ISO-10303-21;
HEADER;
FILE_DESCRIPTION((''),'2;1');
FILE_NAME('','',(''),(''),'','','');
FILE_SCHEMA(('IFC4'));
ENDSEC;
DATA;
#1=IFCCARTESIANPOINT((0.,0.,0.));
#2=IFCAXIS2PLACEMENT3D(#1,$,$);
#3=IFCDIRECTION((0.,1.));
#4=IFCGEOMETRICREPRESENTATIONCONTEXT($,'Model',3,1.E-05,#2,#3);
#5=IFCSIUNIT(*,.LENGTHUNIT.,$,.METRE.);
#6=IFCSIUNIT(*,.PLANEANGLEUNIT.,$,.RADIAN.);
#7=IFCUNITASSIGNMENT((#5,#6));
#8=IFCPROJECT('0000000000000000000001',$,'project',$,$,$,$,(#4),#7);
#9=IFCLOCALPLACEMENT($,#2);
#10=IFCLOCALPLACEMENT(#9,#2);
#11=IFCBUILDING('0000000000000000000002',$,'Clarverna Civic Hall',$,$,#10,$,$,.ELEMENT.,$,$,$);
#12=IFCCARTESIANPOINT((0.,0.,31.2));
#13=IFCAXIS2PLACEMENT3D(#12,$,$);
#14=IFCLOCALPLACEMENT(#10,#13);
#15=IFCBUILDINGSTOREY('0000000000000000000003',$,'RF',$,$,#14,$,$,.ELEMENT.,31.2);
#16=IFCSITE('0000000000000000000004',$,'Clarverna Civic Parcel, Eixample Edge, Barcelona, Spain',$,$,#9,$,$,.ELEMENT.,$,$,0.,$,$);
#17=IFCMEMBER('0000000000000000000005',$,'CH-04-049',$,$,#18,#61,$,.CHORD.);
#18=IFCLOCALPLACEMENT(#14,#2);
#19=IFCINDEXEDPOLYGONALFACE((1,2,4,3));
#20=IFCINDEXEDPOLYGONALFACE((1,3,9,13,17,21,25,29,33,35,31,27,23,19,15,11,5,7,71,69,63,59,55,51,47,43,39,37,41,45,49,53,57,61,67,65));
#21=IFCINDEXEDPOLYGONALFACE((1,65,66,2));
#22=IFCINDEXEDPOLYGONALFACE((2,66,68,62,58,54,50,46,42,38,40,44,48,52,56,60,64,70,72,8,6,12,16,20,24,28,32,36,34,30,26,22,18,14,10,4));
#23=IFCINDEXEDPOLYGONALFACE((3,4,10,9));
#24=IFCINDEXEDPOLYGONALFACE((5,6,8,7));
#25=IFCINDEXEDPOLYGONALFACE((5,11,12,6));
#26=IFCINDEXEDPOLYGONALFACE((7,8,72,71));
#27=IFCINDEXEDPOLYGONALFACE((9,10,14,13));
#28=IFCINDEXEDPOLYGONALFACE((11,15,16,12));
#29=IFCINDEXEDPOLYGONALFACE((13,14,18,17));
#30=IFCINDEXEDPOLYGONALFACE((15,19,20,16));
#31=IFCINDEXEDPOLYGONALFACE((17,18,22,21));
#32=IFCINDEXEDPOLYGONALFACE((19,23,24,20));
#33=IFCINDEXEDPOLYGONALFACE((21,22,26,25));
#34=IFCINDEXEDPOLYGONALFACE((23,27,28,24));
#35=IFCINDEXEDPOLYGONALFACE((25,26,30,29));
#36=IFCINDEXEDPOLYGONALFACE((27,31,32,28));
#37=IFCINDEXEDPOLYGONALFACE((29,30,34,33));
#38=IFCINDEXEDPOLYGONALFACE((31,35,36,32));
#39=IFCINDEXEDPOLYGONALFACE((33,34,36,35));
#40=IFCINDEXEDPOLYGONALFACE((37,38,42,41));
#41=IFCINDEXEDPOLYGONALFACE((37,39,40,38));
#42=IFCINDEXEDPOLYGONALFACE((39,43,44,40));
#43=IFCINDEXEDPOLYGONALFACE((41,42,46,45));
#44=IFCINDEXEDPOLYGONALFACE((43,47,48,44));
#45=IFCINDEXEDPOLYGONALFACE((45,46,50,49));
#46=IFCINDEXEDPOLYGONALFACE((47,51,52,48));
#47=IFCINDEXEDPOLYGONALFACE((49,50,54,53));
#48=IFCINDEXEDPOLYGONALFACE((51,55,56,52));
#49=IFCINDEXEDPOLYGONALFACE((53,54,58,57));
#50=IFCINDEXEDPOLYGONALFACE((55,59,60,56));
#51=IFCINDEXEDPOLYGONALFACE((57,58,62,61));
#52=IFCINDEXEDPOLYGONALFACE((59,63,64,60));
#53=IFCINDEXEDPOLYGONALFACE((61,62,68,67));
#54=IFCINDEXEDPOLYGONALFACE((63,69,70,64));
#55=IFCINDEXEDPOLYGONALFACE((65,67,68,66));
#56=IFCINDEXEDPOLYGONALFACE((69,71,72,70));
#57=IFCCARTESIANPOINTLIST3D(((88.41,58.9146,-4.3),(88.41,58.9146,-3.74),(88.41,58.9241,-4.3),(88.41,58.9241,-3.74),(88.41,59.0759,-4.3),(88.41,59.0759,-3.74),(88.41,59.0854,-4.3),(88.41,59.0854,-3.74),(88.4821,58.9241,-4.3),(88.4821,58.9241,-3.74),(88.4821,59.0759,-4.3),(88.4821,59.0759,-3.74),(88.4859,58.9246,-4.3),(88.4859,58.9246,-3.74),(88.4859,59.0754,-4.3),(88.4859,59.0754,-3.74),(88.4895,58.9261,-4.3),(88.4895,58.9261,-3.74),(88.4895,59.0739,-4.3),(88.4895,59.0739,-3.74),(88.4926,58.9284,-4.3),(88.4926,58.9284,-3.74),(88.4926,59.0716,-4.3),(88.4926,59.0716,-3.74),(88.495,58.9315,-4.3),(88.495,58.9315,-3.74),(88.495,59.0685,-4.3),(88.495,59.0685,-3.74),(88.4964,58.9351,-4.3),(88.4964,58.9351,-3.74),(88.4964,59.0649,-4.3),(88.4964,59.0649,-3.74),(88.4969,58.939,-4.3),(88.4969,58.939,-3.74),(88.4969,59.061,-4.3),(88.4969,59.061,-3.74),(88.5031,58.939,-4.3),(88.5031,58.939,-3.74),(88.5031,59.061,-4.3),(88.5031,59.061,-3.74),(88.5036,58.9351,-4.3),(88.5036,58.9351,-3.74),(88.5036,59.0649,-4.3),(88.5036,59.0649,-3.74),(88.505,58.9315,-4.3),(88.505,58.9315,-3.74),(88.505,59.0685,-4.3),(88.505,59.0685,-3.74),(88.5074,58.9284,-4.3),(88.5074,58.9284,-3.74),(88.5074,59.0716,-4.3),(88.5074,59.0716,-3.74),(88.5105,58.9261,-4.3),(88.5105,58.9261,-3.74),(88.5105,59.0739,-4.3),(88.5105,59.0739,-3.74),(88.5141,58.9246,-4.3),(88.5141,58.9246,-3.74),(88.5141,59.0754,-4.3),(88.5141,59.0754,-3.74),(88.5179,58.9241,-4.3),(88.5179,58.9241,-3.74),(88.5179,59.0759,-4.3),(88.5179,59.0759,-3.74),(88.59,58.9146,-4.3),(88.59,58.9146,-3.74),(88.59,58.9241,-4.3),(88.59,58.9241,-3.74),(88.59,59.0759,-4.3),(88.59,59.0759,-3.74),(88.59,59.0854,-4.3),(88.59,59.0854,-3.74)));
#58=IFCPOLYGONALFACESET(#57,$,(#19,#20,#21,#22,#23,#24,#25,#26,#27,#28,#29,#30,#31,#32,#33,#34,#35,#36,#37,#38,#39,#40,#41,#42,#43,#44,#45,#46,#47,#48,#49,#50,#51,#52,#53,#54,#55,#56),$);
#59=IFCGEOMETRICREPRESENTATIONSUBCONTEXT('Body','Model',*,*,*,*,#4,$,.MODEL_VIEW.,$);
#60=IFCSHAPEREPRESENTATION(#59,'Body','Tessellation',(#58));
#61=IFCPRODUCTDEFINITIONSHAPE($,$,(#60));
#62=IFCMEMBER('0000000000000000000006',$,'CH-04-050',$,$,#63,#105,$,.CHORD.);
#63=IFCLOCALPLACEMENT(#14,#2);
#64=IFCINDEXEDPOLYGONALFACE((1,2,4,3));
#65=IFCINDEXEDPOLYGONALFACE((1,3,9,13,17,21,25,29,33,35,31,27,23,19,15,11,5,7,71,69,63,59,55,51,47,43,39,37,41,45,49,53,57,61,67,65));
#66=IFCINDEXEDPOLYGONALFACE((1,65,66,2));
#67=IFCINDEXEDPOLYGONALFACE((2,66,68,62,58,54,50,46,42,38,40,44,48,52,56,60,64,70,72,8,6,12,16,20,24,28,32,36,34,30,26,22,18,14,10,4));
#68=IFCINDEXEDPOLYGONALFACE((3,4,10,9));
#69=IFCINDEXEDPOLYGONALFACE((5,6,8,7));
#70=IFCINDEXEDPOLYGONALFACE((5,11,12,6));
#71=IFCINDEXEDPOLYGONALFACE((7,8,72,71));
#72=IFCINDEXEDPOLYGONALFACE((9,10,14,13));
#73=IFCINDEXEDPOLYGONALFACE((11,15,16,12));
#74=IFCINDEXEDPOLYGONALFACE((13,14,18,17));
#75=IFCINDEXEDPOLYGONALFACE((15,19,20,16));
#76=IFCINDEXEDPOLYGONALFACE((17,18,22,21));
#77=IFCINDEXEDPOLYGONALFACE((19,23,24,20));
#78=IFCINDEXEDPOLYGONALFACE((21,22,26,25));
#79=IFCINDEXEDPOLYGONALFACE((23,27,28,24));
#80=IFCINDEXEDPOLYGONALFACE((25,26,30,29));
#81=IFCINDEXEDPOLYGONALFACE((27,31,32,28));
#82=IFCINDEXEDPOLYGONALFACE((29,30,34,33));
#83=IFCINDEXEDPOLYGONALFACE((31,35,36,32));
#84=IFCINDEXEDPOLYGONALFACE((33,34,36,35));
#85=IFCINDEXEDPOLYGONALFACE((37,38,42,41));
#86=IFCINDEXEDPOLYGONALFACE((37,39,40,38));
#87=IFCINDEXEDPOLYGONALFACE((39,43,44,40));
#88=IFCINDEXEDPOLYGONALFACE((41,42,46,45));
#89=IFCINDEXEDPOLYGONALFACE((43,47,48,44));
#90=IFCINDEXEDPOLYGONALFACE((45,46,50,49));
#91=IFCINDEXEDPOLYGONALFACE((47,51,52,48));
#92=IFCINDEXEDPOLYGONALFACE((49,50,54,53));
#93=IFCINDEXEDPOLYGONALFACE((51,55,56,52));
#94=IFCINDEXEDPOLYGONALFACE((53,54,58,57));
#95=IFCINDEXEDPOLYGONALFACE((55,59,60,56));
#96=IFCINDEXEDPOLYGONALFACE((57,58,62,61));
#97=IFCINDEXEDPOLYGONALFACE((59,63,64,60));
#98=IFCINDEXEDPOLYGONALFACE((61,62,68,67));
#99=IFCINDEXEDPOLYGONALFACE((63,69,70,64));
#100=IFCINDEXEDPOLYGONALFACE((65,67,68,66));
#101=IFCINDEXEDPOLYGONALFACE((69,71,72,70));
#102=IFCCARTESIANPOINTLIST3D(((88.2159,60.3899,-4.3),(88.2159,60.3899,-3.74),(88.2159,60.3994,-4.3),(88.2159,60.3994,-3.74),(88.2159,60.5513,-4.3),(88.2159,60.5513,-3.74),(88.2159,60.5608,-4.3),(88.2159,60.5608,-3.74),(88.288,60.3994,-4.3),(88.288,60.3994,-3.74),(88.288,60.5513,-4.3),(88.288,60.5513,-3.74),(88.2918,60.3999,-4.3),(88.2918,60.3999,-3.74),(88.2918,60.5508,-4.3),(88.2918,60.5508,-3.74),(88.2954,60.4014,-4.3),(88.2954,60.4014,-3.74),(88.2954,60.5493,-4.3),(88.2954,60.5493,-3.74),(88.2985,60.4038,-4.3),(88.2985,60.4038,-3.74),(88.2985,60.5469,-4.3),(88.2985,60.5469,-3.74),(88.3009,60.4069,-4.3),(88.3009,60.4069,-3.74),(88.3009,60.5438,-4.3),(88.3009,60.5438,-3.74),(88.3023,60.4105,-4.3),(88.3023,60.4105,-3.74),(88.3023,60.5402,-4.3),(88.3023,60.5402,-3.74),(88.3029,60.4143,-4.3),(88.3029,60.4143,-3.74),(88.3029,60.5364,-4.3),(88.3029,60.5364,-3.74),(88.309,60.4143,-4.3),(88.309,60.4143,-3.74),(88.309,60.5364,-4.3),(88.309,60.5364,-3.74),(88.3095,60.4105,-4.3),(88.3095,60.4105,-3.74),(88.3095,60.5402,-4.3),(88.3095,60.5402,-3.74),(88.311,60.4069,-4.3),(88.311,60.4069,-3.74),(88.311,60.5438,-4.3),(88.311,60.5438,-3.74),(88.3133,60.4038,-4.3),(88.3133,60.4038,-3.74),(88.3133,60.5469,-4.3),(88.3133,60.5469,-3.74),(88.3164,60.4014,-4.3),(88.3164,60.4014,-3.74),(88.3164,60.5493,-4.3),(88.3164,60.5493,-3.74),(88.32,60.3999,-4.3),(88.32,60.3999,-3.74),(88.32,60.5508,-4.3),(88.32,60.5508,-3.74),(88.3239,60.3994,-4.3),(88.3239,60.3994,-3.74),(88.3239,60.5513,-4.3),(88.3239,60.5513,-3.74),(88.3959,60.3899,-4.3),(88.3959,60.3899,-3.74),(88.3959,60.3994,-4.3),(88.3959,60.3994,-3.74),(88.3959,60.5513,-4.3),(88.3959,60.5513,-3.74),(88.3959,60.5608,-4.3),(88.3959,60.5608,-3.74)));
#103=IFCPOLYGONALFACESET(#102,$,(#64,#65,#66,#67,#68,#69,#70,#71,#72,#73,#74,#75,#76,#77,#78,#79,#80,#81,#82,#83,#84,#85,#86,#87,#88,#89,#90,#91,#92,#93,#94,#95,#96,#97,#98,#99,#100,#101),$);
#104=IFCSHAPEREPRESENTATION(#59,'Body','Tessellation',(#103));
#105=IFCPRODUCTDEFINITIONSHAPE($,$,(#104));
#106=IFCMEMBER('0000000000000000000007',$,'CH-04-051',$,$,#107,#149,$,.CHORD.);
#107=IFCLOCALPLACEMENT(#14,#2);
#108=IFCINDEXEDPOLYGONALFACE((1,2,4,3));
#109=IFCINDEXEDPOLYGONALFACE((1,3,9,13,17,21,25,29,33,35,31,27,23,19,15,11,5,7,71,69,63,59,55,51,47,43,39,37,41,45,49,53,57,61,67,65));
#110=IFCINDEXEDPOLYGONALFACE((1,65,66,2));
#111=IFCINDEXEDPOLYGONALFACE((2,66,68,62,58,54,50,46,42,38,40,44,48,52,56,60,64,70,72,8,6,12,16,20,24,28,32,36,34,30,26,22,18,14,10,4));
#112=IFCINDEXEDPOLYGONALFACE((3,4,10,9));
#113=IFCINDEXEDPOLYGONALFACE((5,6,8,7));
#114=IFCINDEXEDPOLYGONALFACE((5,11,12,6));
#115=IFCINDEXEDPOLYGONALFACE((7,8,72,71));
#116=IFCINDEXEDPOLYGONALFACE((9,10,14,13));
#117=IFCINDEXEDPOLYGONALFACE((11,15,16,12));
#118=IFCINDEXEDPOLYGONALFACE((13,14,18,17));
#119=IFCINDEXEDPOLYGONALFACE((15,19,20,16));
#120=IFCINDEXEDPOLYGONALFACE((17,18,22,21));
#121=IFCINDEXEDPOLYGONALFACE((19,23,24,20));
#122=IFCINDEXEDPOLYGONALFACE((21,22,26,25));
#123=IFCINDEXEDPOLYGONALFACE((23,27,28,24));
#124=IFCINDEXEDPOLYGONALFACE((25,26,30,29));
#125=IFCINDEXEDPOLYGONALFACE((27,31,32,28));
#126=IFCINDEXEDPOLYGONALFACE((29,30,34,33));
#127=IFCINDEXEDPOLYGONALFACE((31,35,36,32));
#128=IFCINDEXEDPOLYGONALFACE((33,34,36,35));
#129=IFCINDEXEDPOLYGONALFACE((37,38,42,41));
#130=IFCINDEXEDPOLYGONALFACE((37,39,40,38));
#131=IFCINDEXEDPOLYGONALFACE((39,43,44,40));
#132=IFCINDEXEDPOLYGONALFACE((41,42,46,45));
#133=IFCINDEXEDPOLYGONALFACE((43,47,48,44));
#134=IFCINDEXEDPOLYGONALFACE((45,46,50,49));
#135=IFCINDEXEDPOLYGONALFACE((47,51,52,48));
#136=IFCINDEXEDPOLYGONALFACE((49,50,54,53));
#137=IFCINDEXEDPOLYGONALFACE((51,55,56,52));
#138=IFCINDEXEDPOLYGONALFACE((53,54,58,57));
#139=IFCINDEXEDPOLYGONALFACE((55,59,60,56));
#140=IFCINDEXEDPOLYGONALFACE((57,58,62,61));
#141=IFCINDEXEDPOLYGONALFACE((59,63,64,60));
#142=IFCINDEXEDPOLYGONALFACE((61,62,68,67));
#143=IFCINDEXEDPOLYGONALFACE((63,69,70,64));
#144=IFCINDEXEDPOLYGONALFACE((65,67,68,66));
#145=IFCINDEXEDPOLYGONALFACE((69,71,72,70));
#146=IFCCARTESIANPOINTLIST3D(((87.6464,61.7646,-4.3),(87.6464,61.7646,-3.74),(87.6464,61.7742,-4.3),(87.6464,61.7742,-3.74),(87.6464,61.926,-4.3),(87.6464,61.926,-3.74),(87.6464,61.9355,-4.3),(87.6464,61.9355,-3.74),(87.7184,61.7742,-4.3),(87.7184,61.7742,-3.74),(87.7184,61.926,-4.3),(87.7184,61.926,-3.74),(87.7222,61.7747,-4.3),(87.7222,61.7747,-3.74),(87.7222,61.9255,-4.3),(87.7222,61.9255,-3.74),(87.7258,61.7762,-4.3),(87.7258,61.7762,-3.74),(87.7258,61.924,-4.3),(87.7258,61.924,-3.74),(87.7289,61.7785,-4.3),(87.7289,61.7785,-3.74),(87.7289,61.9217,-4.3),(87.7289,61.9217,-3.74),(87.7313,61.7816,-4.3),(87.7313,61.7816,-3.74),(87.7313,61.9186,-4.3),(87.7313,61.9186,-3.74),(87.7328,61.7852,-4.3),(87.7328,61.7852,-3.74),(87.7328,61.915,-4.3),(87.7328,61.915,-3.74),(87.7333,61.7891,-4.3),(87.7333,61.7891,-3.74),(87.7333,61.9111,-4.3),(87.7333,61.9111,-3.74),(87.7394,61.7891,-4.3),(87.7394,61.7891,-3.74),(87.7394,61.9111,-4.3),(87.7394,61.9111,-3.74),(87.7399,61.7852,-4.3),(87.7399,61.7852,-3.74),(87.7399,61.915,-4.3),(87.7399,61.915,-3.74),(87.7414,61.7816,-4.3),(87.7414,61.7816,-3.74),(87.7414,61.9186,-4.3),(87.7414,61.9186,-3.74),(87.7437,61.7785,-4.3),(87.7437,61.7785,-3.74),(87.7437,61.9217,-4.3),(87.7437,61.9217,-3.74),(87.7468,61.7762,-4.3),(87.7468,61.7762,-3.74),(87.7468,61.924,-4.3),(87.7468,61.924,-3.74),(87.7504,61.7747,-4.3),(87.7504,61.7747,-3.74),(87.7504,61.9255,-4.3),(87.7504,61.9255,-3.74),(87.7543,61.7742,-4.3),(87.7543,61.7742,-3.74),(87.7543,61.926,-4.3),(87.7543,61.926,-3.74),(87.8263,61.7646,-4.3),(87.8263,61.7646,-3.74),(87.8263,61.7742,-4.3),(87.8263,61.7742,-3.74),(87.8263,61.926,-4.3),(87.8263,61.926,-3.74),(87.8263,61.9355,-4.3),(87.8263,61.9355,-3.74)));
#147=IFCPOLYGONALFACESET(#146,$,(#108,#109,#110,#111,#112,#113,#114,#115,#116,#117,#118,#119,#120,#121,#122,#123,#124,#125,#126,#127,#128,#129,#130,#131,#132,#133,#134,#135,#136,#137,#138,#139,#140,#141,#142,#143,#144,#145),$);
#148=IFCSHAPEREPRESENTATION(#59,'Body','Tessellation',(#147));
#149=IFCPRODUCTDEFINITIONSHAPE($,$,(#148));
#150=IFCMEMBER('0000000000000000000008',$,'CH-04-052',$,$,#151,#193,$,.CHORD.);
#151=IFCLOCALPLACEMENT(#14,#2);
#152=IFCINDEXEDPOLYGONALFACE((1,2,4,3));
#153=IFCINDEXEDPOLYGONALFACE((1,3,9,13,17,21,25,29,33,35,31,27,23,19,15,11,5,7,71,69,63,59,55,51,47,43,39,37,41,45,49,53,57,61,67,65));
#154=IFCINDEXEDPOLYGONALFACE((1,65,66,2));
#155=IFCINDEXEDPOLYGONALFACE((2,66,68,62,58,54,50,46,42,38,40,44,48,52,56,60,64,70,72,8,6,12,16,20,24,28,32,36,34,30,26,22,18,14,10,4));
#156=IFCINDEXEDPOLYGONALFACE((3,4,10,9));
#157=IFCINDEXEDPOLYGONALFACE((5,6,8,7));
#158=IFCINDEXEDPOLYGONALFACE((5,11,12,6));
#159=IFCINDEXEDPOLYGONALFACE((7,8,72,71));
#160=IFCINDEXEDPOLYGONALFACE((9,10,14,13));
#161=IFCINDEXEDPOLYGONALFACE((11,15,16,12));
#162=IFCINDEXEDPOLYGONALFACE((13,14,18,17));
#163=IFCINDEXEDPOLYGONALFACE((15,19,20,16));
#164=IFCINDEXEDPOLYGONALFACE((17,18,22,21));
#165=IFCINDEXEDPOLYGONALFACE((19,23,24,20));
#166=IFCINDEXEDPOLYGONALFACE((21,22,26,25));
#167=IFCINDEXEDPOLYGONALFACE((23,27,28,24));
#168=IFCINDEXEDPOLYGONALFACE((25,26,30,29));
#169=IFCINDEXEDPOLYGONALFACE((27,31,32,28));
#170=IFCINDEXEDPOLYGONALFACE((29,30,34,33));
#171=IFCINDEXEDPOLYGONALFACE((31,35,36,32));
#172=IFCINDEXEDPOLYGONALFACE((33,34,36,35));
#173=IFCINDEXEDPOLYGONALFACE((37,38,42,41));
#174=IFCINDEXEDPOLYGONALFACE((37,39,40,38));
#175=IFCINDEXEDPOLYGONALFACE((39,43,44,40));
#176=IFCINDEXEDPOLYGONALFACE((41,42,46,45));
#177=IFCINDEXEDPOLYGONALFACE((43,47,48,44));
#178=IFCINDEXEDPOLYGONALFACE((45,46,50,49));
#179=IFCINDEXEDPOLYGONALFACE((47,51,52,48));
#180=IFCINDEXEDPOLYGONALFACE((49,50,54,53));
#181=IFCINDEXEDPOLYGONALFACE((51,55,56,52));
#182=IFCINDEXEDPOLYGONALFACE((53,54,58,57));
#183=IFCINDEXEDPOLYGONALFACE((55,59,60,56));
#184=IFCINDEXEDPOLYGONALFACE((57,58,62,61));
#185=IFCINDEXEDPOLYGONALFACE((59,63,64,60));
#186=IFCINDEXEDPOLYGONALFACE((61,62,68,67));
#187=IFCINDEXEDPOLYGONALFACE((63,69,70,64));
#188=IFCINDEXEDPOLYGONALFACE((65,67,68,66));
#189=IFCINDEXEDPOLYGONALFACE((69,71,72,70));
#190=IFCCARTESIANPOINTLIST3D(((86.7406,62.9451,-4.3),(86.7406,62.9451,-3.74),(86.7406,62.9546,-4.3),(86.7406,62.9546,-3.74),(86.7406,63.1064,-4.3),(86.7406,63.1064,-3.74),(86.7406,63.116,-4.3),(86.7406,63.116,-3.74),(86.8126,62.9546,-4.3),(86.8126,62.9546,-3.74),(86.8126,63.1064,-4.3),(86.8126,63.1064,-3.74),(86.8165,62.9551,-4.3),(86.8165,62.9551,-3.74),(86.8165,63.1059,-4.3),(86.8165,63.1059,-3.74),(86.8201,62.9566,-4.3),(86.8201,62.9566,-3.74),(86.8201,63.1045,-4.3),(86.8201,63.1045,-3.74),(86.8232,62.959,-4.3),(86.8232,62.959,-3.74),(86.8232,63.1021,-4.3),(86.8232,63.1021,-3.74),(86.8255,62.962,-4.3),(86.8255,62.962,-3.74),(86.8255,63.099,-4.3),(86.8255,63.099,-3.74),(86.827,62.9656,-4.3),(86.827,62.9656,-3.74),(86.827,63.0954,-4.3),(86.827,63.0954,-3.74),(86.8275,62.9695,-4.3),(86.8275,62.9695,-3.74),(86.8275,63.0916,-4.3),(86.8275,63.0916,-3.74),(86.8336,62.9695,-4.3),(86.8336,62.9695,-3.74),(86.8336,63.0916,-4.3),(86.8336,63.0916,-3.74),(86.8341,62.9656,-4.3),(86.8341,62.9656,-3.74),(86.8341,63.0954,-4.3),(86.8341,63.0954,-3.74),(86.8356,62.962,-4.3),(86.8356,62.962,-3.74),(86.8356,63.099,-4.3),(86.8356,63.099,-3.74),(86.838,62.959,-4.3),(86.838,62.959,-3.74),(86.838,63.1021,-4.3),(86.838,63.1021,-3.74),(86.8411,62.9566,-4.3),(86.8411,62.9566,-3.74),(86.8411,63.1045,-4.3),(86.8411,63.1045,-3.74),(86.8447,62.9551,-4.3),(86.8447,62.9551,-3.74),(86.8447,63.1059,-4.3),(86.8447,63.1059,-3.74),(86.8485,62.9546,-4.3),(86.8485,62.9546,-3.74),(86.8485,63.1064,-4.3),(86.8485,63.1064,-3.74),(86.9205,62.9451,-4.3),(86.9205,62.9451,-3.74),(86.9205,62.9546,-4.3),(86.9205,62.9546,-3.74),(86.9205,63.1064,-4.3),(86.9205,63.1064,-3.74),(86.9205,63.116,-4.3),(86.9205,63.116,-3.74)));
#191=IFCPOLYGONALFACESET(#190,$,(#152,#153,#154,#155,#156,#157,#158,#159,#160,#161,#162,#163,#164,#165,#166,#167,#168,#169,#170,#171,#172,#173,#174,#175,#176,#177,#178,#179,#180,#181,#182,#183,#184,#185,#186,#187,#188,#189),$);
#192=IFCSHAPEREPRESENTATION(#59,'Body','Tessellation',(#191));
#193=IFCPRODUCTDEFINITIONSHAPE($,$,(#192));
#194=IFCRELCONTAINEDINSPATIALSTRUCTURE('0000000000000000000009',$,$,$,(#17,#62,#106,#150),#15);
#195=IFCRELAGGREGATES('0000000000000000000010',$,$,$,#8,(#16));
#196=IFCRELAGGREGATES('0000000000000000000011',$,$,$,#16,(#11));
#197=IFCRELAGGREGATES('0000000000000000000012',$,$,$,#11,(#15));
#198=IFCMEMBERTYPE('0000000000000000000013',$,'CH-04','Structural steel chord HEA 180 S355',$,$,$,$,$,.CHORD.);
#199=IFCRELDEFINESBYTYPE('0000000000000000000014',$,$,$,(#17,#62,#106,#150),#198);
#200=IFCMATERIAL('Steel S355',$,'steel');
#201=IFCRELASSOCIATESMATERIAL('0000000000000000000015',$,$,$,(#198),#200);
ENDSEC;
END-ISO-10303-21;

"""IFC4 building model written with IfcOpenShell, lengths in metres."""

from ifc_helpers import new_model, si_unit, direction, frame, origin, origin_2d, place, context, subcontext, project, spatial, i_section, extrude, material, material_profile, profile_set, type_object, element, save


model = new_model("IFC4")

# Units and contexts
model_context = context("Model", 3, precision=1e-05, world=origin(), true_north=direction((0.0, 1.0)))
body_context = subcontext(model_context, "Body", "Model", "MODEL_VIEW")
ifc_project = project(units=[si_unit("LENGTHUNIT", "METRE"), si_unit("PLANEANGLEUNIT", "RADIAN")], contexts=[model_context])

# Site, building, storey
site_placement = place(None, origin())
site = spatial("IfcSite", under=ifc_project, at=site_placement, Name="Clarverna Civic Parcel, Eixample Edge, Barcelona, Spain", CompositionType="ELEMENT", RefElevation=0.0)
building_placement = place(site_placement, origin())
building = spatial("IfcBuilding", under=site, at=building_placement, Name="Clarverna Civic Hall", CompositionType="ELEMENT")
storey_placement = place(building_placement, frame((0.0, 0.0, 31.2)))
storey = spatial("IfcBuildingStorey", under=building, at=storey_placement, Name="RF", CompositionType="ELEMENT", Elevation=31.2)

# Members
ifc_material_1 = material(Name="Steel S355", Category="steel")
ifc_material_profile_1 = material_profile(ifc_material_1, i_section(OverallWidth=0.1799, OverallDepth=0.1709, WebThickness=0.0061, FlangeThickness=0.0095, FilletRadius=0.0149, at=origin_2d()), Name="HEA 180")
ifc_profile_set_1 = profile_set([ifc_material_profile_1], Name="Steel S355")
member_type_1 = type_object("IfcMemberType", Name="CH-04", Description="Structural steel chord HEA 180 S355", PredefinedType="CHORD", material=ifc_profile_set_1)
for number, where, z_axis, x_axis, name in (
    (1, (88.5, 59.0, -4.3), (0.0, 0.0, 1.0), (1.0, 0.0, 0.0), "CH-04-049"),
    (2, (88.3059, 60.4753, -4.3), (0.0, 0.0, 1.0), (1.0, 0.0, 0.0), "CH-04-050"),
    (3, (87.7363, 61.8501, -4.3), (0.0, 0.0, 1.0), (1.0, 0.0, 0.0), "CH-04-051"),
    (4, (86.8306, 63.0305, -4.3), (0.0, 0.0, 1.0), (1.0, 0.0, 0.0), "CH-04-052"),
):
    element("IfcMember", number, at=place(storey_placement, frame(where, z_axis=z_axis, x_axis=x_axis)), inside=storey, type_object=member_type_1, Name=name, PredefinedType="CHORD", context=body_context, shape_type="SweptSolid", body=[
        extrude(i_section(OverallWidth=0.1799, OverallDepth=0.1709, WebThickness=0.0061, FlangeThickness=0.0095, FilletRadius=0.0149, at=origin_2d()), origin(), (0.0, 0.0, 1.0), 0.5601),
    ])

save(model, "model.ifc")
